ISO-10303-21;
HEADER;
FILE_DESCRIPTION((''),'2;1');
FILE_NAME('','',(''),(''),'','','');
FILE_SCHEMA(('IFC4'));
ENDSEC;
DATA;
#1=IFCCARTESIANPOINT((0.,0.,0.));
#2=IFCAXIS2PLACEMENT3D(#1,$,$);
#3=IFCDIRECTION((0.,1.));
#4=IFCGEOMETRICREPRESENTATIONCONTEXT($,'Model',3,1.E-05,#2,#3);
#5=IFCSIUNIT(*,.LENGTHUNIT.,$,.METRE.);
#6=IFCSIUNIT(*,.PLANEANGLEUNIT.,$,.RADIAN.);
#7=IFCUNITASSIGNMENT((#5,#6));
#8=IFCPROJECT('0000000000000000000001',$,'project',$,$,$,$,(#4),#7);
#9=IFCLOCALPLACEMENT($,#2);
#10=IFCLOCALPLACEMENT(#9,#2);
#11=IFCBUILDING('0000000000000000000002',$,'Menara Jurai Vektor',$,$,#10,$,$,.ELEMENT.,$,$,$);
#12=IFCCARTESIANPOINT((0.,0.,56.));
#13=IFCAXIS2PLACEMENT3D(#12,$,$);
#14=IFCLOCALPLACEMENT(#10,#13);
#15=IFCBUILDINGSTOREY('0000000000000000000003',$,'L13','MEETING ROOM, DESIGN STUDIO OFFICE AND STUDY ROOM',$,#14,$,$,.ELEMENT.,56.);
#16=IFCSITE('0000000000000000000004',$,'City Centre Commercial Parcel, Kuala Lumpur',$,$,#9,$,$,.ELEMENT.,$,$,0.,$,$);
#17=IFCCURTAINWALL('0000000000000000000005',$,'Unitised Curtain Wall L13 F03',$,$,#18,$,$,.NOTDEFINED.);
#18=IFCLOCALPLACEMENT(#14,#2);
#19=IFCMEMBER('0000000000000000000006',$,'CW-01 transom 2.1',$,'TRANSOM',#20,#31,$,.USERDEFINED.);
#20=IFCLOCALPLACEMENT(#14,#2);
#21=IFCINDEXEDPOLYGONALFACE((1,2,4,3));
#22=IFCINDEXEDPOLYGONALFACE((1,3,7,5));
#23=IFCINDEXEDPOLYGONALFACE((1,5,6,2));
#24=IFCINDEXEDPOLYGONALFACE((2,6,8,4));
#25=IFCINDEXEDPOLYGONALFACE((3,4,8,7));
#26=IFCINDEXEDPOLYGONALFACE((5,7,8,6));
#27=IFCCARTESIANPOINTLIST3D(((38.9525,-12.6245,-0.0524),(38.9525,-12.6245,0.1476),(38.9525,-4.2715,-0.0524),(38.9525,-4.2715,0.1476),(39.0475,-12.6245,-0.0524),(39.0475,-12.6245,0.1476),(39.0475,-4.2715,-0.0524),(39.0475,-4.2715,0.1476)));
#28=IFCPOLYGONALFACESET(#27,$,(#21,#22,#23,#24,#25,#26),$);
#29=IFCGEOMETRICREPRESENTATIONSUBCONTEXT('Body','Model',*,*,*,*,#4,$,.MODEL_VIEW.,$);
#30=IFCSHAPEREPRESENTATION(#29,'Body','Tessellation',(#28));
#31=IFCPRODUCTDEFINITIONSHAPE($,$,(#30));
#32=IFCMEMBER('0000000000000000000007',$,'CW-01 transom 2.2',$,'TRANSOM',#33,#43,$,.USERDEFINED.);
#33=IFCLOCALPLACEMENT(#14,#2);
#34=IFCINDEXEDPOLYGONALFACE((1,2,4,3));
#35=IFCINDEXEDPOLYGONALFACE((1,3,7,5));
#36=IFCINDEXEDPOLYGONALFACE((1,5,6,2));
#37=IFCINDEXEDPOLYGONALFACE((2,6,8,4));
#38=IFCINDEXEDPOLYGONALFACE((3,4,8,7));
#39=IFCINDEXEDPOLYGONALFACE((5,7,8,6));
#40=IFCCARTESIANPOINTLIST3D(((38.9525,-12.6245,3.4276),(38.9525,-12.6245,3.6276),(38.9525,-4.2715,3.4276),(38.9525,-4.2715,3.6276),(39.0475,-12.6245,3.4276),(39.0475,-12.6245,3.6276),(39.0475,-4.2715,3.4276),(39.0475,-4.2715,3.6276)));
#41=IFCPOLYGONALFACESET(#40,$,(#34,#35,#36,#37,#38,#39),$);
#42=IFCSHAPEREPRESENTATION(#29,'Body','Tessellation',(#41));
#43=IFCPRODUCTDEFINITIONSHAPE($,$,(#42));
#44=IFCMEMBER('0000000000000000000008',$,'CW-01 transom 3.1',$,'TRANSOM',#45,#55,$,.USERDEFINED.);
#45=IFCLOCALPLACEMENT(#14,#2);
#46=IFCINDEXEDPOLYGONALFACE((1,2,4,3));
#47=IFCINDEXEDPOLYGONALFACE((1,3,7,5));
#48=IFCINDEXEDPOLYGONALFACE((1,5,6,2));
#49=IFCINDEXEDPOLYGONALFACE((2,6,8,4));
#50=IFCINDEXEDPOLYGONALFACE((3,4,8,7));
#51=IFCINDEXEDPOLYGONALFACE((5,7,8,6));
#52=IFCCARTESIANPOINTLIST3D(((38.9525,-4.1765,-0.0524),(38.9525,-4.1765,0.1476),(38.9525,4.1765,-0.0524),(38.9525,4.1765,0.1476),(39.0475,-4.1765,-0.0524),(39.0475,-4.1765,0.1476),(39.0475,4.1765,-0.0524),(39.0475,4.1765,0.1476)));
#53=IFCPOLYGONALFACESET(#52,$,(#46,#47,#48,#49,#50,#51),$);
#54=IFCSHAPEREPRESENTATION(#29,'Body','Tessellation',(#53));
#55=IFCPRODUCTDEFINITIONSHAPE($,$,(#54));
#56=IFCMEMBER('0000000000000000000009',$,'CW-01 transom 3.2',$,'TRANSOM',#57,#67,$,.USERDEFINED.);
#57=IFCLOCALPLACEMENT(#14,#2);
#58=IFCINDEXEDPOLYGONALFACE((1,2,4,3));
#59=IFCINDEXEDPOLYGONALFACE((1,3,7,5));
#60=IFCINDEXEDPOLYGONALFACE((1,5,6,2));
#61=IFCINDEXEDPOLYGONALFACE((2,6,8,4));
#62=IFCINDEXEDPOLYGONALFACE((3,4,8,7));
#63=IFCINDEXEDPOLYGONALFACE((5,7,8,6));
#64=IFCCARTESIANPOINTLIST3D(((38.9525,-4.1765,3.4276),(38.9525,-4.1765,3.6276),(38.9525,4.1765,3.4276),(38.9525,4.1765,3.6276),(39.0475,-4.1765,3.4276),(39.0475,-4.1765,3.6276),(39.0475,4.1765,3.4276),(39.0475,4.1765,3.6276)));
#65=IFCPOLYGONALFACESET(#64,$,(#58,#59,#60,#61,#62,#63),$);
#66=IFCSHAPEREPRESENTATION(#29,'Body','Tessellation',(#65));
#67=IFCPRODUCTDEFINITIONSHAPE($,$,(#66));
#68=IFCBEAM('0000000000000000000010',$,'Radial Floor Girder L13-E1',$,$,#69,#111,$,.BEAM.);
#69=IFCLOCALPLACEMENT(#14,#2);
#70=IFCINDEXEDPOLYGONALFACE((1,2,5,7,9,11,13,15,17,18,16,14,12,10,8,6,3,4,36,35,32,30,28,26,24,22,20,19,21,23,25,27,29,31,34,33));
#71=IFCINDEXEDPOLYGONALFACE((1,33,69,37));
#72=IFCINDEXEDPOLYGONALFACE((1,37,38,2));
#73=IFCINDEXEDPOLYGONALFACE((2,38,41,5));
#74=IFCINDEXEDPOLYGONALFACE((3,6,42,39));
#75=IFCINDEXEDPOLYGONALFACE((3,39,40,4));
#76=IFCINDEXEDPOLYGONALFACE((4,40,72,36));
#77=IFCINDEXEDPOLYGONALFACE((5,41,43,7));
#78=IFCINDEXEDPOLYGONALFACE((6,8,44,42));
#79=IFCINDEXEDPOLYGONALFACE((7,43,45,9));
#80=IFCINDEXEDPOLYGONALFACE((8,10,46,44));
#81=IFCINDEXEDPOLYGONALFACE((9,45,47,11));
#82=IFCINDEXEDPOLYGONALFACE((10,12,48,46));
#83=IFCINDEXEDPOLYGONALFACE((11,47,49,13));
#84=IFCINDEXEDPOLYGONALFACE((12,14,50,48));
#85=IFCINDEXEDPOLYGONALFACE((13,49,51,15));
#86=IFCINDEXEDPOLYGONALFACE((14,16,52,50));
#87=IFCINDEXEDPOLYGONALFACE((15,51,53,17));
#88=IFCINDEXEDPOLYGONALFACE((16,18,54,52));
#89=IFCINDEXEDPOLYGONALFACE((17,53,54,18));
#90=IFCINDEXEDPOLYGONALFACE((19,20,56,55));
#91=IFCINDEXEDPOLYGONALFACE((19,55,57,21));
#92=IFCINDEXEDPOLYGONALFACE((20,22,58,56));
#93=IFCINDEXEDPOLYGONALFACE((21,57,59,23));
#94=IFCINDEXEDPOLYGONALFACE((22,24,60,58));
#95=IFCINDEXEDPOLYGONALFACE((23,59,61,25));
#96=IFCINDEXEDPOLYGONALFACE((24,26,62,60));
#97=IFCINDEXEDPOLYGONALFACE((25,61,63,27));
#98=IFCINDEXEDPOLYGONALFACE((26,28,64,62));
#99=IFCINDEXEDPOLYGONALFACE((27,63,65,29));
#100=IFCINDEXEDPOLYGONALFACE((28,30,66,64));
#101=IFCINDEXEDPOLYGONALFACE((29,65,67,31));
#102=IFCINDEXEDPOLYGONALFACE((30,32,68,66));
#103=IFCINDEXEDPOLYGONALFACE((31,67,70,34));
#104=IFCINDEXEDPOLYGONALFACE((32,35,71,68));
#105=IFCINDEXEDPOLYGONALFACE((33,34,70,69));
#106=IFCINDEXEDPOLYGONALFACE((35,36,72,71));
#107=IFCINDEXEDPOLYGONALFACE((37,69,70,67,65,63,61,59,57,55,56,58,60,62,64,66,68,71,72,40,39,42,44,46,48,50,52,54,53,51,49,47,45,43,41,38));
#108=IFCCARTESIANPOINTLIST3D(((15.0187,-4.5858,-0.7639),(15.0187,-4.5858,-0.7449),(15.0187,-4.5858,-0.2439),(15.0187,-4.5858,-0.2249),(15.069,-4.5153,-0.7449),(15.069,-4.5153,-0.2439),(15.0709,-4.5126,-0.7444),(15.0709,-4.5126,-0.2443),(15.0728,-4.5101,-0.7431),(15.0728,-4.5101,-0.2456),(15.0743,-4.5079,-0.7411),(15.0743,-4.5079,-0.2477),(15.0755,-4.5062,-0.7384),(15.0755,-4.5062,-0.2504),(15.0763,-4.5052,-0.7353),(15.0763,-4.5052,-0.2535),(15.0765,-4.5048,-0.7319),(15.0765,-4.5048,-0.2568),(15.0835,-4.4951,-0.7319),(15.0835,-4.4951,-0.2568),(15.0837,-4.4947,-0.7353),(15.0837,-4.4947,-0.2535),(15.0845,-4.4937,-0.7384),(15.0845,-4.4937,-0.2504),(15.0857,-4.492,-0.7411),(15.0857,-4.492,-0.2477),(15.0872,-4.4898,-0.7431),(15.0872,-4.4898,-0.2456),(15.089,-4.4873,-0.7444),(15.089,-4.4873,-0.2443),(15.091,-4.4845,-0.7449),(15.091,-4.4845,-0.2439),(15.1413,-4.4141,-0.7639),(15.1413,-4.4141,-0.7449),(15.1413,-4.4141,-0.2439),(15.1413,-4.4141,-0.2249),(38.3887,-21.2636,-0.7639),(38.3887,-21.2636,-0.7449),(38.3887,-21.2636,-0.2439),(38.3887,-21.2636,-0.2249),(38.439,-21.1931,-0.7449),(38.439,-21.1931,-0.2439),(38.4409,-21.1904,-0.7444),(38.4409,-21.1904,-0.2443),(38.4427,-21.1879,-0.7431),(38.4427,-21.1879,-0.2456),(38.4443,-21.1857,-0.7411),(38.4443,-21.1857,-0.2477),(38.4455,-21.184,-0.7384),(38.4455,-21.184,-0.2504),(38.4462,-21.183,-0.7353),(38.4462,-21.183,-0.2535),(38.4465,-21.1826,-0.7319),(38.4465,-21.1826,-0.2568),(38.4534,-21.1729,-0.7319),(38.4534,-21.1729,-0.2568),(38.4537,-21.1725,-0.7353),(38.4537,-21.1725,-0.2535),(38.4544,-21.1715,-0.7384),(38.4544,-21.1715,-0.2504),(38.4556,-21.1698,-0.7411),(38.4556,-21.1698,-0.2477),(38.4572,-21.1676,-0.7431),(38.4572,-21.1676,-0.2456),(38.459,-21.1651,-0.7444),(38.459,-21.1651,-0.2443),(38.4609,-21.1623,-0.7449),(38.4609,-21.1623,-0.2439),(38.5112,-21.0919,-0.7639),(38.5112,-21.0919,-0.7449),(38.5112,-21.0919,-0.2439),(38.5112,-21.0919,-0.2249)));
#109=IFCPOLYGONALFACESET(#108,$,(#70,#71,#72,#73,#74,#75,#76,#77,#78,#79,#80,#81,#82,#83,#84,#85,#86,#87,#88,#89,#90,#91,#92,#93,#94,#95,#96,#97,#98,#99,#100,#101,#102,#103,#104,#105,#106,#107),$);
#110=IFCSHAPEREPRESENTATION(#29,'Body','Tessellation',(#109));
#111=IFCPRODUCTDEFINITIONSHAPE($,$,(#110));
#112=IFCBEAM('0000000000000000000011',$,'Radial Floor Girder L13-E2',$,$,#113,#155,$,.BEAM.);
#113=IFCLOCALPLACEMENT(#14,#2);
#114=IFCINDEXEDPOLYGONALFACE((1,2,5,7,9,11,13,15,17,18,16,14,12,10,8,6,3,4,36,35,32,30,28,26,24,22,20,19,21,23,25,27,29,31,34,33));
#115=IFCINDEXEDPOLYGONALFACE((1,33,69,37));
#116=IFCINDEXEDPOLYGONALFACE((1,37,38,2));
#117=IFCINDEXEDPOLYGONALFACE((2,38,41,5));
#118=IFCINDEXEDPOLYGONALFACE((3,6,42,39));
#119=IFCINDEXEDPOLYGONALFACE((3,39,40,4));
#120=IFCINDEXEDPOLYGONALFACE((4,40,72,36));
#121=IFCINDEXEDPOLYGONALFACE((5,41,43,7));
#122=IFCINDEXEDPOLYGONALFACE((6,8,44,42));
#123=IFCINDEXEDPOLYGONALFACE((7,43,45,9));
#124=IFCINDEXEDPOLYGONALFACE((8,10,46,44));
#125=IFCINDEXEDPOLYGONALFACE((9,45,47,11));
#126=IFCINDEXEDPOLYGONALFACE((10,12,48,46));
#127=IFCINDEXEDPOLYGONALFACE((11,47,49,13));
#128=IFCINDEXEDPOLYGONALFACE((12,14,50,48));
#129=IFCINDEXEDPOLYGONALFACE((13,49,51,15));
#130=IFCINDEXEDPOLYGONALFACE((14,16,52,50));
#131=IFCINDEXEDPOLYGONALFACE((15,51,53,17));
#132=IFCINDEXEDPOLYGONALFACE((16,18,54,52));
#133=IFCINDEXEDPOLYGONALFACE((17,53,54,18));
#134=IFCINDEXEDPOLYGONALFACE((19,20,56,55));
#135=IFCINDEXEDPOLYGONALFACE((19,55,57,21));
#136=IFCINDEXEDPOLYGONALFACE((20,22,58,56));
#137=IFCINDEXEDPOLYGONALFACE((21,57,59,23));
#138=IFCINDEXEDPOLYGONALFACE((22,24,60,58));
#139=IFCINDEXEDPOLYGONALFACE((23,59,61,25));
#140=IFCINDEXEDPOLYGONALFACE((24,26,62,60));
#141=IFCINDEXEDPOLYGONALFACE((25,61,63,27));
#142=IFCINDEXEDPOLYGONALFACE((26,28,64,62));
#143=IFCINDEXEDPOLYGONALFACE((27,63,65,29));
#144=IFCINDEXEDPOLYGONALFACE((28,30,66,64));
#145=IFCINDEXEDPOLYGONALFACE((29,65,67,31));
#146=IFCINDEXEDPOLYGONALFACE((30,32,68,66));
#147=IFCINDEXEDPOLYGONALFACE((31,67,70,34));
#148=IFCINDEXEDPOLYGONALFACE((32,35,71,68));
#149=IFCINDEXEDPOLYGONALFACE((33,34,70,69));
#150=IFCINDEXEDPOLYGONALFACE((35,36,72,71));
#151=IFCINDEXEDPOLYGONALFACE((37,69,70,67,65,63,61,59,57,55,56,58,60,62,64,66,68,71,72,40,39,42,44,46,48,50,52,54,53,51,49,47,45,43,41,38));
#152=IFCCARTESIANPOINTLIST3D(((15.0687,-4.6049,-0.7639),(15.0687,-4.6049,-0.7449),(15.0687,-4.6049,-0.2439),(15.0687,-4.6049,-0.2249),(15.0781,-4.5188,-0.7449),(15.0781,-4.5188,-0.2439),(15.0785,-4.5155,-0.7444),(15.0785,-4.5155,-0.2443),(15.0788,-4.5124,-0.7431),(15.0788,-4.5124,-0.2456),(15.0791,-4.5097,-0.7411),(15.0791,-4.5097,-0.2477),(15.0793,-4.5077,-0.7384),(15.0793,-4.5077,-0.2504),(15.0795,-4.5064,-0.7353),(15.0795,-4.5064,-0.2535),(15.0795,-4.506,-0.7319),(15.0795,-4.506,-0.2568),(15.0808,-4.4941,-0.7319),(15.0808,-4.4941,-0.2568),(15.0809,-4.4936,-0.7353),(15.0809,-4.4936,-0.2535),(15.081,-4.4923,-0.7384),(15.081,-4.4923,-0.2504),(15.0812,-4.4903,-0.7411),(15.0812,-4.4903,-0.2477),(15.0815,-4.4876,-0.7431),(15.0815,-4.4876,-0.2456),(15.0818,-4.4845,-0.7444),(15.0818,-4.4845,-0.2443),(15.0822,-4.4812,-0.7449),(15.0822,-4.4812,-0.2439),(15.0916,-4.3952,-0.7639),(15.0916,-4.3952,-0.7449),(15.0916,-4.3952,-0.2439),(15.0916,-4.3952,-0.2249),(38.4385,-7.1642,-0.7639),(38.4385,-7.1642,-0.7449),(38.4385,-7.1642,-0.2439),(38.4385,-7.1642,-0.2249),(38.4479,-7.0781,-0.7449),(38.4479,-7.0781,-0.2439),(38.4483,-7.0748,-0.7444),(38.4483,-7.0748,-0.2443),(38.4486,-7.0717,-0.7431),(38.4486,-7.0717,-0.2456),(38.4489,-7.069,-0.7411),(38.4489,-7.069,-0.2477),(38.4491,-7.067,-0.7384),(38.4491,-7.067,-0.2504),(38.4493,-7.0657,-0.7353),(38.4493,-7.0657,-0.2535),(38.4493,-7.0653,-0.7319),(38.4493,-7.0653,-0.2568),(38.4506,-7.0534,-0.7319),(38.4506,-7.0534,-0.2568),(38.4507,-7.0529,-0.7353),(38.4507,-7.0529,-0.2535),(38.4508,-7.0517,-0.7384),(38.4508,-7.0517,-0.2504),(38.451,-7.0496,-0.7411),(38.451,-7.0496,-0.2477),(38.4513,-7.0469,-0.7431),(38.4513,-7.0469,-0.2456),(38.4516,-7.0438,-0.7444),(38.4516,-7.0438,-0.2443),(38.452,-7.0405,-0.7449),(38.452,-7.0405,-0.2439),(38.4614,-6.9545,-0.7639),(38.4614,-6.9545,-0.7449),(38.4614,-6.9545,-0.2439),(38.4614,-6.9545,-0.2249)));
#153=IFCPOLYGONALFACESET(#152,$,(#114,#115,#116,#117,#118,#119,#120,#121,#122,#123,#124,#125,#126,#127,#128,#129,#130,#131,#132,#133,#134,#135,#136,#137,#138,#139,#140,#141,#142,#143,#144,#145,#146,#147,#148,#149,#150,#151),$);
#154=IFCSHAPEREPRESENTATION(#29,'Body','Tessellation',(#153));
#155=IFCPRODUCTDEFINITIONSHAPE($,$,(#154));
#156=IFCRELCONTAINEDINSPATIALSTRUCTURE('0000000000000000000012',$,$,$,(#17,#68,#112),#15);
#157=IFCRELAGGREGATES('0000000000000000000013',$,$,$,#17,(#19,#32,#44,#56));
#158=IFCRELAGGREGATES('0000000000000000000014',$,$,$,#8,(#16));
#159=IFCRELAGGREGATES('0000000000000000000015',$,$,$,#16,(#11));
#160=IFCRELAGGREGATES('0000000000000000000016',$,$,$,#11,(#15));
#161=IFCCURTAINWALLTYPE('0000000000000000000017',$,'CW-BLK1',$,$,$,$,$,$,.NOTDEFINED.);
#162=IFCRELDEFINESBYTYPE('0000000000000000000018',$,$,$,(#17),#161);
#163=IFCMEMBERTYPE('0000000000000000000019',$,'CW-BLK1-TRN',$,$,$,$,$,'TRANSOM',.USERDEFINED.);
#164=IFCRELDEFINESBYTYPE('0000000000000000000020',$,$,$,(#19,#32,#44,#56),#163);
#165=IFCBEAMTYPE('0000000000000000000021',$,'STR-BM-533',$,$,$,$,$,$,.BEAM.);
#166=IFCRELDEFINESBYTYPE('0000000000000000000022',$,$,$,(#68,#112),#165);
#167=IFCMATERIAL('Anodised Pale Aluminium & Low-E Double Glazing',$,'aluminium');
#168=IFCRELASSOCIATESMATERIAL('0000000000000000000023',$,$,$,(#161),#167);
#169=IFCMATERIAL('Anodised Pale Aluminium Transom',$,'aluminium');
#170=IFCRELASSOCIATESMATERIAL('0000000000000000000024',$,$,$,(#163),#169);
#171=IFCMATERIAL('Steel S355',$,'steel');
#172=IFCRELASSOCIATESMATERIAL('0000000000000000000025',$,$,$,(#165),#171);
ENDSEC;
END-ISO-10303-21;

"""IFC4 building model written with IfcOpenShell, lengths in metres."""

from ifc_helpers import new_model, si_unit, direction, frame, origin, origin_2d, place, context, subcontext, project, spatial, rectangle, i_section, extrude, material, material_profile, profile_set, type_object, element, aggregate, save


model = new_model("IFC4")

# Units and contexts
model_context = context("Model", 3, precision=1e-05, world=origin(), true_north=direction((0.0, 1.0)))
body_context = subcontext(model_context, "Body", "Model", "MODEL_VIEW")
ifc_project = project(units=[si_unit("LENGTHUNIT", "METRE"), si_unit("PLANEANGLEUNIT", "RADIAN")], contexts=[model_context])

# Site, building, storey
site_placement = place(None, origin())
site = spatial("IfcSite", under=ifc_project, at=site_placement, Name="City Centre Commercial Parcel, Kuala Lumpur", CompositionType="ELEMENT", RefElevation=0.0)
building_placement = place(site_placement, origin())
building = spatial("IfcBuilding", under=site, at=building_placement, Name="Menara Jurai Vektor", CompositionType="ELEMENT")
storey_placement = place(building_placement, frame((0.0, 0.0, 56.0)))
storey = spatial("IfcBuildingStorey", under=building, at=storey_placement, Name="L13", Description="MEETING ROOM, DESIGN STUDIO OFFICE AND STUDY ROOM", CompositionType="ELEMENT", Elevation=56.0)

# Shared definitions
ifc_material_1 = material(Name="Anodised Pale Aluminium & Low-E Double Glazing", Category="aluminium")
curtain_wall_type = type_object("IfcCurtainWallType", Name="CW-BLK1", PredefinedType="NOTDEFINED", material=ifc_material_1)

# Curtain wall
curtain_wall_1_placement = place(storey_placement, origin())
curtain_wall_1 = element("IfcCurtainWall", 1, at=curtain_wall_1_placement, inside=storey, type_object=curtain_wall_type, Name="Unitised Curtain Wall L13 F03", PredefinedType="NOTDEFINED")

# Members
ifc_material_2 = material(Name="Anodised Pale Aluminium Transom", Category="aluminium")
ifc_material_profile_1 = material_profile(ifc_material_2, rectangle(XDim=0.095, YDim=0.2, at=origin_2d()), Name="ALU TRN 95x200")
ifc_profile_set_1 = profile_set([ifc_material_profile_1], Name="Anodised Pale Aluminium Transom")
member_type_1 = type_object("IfcMemberType", Name="CW-BLK1-TRN", ElementType="TRANSOM", PredefinedType="USERDEFINED", material=ifc_profile_set_1)
member_1_placement = place(storey_placement, frame((39.0, -12.6245, 0.0476), z_axis=(0.0, 1.0, 0.0), x_axis=(-1.0, 0.0, 0.0)))
member_1 = element("IfcMember", 2, at=member_1_placement, type_object=member_type_1, Name="CW-01 transom 2.1", ObjectType="TRANSOM", PredefinedType="USERDEFINED", context=body_context, shape_type="SweptSolid", body=[
    extrude(rectangle(XDim=0.095, YDim=0.2, at=origin_2d()), origin(), (0.0, 0.0, 1.0), 8.353),
])
member_2_placement = place(storey_placement, frame((39.0, -12.6245, 3.5276), z_axis=(0.0, 1.0, 0.0), x_axis=(-1.0, 0.0, 0.0)))
member_2 = element("IfcMember", 3, at=member_2_placement, type_object=member_type_1, Name="CW-01 transom 2.2", ObjectType="TRANSOM", PredefinedType="USERDEFINED", context=body_context, shape_type="SweptSolid", body=[
    extrude(rectangle(XDim=0.095, YDim=0.2, at=origin_2d()), origin(), (0.0, 0.0, 1.0), 8.353),
])
member_3_placement = place(storey_placement, frame((39.0, -4.1765, 0.0476), z_axis=(0.0, 1.0, 0.0), x_axis=(-1.0, 0.0, 0.0)))
member_3 = element("IfcMember", 4, at=member_3_placement, type_object=member_type_1, Name="CW-01 transom 3.1", ObjectType="TRANSOM", PredefinedType="USERDEFINED", context=body_context, shape_type="SweptSolid", body=[
    extrude(rectangle(XDim=0.095, YDim=0.2, at=origin_2d()), origin(), (0.0, 0.0, 1.0), 8.353),
])
member_4_placement = place(storey_placement, frame((39.0, -4.1765, 3.5276), z_axis=(0.0, 1.0, 0.0), x_axis=(-1.0, 0.0, 0.0)))
member_4 = element("IfcMember", 5, at=member_4_placement, type_object=member_type_1, Name="CW-01 transom 3.2", ObjectType="TRANSOM", PredefinedType="USERDEFINED", context=body_context, shape_type="SweptSolid", body=[
    extrude(rectangle(XDim=0.095, YDim=0.2, at=origin_2d()), origin(), (0.0, 0.0, 1.0), 8.353),
])

# Beams
ifc_material_3 = material(Name="Steel S355", Category="steel")
ifc_material_profile_2 = material_profile(ifc_material_3, i_section(OverallWidth=0.2109, OverallDepth=0.5391, WebThickness=0.012, FlangeThickness=0.019, FilletRadius=0.0129, at=origin_2d()), Name="UKB 533x210x109")
ifc_profile_set_2 = profile_set([ifc_material_profile_2], Name="Steel S355")
beam_type_1 = type_object("IfcBeamType", Name="STR-BM-533", PredefinedType="BEAM", material=ifc_profile_set_2)
beam_1_placement = place(storey_placement, frame((38.45, -21.1777, -0.4944), z_axis=(-0.813981, 0.580891, 0.0), x_axis=(-0.580891, -0.813981, 0.0)))
element("IfcBeam", 6, at=beam_1_placement, inside=storey, type_object=beam_type_1, Name="Radial Floor Girder L13-E1", PredefinedType="BEAM", context=body_context, shape_type="SweptSolid", body=[
    extrude(i_section(OverallWidth=0.2109, OverallDepth=0.5391, WebThickness=0.012, FlangeThickness=0.019, FilletRadius=0.0129, at=origin_2d()), origin(), (0.0, 0.0, 1.0), 28.7107),
])
beam_2_placement = place(storey_placement, frame((38.45, -7.0593, -0.4944), z_axis=(-0.994057, 0.108863, 0.0), x_axis=(-0.108863, -0.994057, 0.0)))
element("IfcBeam", 7, at=beam_2_placement, inside=storey, type_object=beam_type_1, Name="Radial Floor Girder L13-E2", PredefinedType="BEAM", context=body_context, shape_type="SweptSolid", body=[
    extrude(i_section(OverallWidth=0.2109, OverallDepth=0.5391, WebThickness=0.012, FlangeThickness=0.019, FilletRadius=0.0129, at=origin_2d()), origin(), (0.0, 0.0, 1.0), 23.5095),
])

aggregate(curtain_wall_1, [member_1, member_2, member_3, member_4])

save(model, "model.ifc")
